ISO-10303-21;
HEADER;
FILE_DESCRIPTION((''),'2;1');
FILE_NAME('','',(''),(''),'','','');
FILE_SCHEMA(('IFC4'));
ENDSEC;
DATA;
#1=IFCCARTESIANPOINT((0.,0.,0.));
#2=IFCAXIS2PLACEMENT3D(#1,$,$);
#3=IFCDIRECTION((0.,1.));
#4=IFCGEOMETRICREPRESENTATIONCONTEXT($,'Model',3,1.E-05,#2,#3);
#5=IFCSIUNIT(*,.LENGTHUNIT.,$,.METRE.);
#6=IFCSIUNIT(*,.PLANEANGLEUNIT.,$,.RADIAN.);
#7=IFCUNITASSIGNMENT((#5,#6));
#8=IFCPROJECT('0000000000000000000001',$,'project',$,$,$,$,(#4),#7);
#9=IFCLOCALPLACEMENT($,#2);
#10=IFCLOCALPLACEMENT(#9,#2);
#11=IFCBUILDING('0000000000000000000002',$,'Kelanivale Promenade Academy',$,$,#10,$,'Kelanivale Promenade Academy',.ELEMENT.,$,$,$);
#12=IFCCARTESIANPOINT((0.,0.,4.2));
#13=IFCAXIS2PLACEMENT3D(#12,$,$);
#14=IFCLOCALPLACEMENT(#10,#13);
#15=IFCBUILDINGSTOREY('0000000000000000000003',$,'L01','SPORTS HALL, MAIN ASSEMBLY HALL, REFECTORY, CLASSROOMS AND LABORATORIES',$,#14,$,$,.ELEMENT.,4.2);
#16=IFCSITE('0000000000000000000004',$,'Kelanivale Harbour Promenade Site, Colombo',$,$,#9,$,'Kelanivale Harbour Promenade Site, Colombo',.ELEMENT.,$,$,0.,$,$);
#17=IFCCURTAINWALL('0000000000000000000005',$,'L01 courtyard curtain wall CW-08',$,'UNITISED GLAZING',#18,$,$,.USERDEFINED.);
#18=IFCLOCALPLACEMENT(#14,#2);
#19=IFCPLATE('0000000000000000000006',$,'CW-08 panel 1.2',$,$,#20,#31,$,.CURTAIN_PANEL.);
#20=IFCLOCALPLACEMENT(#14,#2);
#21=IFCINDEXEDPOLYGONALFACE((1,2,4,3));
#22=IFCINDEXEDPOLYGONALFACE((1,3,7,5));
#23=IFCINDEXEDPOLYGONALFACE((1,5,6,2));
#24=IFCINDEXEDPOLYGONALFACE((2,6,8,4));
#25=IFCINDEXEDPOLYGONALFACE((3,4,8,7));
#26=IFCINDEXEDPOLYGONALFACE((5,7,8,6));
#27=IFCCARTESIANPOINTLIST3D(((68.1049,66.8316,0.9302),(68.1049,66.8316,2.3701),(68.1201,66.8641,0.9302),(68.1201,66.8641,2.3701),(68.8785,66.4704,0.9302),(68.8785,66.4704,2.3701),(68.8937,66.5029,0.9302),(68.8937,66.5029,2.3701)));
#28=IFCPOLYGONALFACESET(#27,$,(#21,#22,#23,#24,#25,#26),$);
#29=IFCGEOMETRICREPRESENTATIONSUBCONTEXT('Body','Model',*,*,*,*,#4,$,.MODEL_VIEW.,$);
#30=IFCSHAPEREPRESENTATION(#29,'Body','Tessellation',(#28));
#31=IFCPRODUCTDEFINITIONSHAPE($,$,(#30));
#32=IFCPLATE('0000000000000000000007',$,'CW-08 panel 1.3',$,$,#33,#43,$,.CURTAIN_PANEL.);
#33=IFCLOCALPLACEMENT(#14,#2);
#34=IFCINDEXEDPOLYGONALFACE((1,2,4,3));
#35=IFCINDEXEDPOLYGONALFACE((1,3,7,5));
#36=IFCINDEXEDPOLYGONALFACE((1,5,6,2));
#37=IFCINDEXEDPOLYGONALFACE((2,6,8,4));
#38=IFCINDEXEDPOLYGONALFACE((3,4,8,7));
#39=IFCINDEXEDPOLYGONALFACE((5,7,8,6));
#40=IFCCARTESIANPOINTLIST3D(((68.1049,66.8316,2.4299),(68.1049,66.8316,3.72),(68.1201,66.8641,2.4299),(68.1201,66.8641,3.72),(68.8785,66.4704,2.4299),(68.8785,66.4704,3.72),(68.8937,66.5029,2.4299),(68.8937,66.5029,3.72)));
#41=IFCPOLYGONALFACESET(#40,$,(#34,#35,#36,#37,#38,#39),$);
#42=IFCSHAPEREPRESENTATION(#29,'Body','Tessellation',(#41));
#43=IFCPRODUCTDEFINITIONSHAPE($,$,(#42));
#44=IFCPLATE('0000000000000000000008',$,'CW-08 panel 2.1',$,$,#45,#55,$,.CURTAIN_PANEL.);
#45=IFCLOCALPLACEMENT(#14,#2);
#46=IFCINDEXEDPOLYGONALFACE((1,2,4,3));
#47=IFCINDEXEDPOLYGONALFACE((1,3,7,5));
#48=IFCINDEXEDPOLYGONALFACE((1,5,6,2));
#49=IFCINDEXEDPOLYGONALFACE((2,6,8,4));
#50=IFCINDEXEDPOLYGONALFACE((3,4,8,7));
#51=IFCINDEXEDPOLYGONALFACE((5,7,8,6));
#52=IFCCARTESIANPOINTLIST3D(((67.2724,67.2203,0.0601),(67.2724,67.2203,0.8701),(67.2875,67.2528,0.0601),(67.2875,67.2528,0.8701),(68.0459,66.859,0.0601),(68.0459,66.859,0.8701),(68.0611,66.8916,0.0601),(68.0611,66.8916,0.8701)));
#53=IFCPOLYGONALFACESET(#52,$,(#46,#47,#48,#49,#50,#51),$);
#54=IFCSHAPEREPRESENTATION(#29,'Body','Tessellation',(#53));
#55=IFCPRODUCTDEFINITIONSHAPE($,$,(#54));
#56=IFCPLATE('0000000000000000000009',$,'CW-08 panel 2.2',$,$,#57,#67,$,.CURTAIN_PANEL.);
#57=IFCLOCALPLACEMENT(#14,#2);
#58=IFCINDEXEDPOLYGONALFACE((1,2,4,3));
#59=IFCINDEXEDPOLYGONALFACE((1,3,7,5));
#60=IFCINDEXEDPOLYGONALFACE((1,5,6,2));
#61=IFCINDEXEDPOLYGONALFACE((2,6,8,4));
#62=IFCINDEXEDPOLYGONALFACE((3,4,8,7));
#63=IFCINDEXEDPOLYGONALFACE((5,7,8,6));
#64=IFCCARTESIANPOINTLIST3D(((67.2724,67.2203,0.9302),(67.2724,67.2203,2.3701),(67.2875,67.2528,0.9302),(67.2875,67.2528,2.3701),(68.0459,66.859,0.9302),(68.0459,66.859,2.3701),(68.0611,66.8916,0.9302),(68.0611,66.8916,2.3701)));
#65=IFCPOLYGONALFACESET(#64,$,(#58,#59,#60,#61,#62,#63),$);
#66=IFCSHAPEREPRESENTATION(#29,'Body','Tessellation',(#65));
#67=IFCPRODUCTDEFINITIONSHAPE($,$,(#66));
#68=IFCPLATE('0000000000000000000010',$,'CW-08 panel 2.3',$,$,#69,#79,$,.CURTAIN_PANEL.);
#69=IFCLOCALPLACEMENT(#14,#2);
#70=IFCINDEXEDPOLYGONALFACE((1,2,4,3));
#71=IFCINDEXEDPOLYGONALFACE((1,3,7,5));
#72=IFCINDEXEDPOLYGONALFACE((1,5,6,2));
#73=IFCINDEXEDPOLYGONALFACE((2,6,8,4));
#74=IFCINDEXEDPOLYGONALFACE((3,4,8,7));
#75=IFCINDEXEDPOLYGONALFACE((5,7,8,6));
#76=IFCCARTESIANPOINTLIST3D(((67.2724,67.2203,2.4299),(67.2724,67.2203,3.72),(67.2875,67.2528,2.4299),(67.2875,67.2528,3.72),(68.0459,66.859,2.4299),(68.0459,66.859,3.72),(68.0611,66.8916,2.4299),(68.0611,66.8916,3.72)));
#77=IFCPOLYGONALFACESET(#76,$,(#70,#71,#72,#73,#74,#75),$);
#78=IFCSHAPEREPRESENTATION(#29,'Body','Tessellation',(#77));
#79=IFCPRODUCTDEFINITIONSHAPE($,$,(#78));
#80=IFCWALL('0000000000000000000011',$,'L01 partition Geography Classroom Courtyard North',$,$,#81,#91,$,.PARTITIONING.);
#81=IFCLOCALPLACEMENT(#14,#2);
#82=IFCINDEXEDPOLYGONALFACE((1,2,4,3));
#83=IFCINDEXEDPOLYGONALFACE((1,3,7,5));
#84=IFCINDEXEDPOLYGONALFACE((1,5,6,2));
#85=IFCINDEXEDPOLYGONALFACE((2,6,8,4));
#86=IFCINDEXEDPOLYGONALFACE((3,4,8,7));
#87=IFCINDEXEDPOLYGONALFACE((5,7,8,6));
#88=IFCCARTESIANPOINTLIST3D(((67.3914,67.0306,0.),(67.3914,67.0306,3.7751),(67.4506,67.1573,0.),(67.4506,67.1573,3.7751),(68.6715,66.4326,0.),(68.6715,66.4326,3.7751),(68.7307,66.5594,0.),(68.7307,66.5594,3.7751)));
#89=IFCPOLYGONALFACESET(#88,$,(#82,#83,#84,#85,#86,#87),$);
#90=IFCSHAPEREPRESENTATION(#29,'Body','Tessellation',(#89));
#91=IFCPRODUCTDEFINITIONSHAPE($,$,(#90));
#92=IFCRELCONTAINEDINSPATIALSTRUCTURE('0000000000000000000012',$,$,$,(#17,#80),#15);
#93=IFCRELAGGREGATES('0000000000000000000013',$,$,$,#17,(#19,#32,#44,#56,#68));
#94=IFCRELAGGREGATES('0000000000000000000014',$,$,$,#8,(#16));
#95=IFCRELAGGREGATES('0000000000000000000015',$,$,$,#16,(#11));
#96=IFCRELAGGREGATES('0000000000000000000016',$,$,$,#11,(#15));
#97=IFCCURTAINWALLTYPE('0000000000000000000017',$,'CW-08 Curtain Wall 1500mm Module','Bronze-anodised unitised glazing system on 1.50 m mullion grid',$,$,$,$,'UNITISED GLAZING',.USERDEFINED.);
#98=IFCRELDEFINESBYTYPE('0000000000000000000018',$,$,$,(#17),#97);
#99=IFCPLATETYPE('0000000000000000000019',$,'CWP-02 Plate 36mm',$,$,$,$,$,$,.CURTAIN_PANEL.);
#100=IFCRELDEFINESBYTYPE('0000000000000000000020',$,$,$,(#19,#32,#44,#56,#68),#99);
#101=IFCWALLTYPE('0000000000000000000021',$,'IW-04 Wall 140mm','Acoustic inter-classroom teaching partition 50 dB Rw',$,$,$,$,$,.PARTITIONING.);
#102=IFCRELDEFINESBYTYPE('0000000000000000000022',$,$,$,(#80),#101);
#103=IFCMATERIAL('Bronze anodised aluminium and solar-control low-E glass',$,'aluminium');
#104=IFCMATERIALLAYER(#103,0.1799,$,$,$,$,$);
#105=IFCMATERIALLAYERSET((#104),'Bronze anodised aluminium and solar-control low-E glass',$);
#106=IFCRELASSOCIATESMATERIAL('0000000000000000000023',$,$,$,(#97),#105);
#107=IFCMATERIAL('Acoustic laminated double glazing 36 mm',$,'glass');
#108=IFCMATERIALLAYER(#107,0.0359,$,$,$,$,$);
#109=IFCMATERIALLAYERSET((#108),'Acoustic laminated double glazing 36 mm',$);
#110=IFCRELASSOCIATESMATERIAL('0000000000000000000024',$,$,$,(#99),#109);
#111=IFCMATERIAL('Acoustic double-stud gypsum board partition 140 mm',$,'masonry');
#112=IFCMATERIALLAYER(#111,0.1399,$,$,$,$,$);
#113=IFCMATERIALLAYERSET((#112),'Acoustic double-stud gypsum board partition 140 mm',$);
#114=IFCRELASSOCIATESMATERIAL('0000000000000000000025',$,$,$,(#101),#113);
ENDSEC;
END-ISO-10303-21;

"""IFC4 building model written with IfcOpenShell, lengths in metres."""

from ifc_helpers import new_model, si_unit, direction, frame, frame_2d, origin, origin_2d, place, context, subcontext, project, spatial, rectangle, extrude, material, layer, layer_set, type_object, element, aggregate, save


model = new_model("IFC4")

# Units and contexts
model_context = context("Model", 3, precision=1e-05, world=origin(), true_north=direction((0.0, 1.0)))
body_context = subcontext(model_context, "Body", "Model", "MODEL_VIEW")
ifc_project = project(units=[si_unit("LENGTHUNIT", "METRE"), si_unit("PLANEANGLEUNIT", "RADIAN")], contexts=[model_context])

# Site, building, storey
site_placement = place(None, origin())
site = spatial("IfcSite", under=ifc_project, at=site_placement, Name="Kelanivale Harbour Promenade Site, Colombo", LongName="Kelanivale Harbour Promenade Site, Colombo", CompositionType="ELEMENT", RefElevation=0.0)
building_placement = place(site_placement, origin())
building = spatial("IfcBuilding", under=site, at=building_placement, Name="Kelanivale Promenade Academy", LongName="Kelanivale Promenade Academy", CompositionType="ELEMENT")
storey_placement = place(building_placement, frame((0.0, 0.0, 4.2)))
storey = spatial("IfcBuildingStorey", under=building, at=storey_placement, Name="L01", Description="SPORTS HALL, MAIN ASSEMBLY HALL, REFECTORY, CLASSROOMS AND LABORATORIES", CompositionType="ELEMENT", Elevation=4.2)

# Curtain wall, plates
ifc_material_1 = material(Name="Bronze anodised aluminium and solar-control low-E glass", Category="aluminium")
ifc_layer_1 = layer(ifc_material_1, 0.1799)
ifc_layer_set_1 = layer_set([ifc_layer_1], Name="Bronze anodised aluminium and solar-control low-E glass")
curtain_wall_type = type_object("IfcCurtainWallType", Name="CW-08 Curtain Wall 1500mm Module", Description="Bronze-anodised unitised glazing system on 1.50 m mullion grid", ElementType="UNITISED GLAZING", PredefinedType="USERDEFINED", material=ifc_layer_set_1)
curtain_wall_placement = place(storey_placement, origin())
curtain_wall = element("IfcCurtainWall", 1, at=curtain_wall_placement, inside=storey, type_object=curtain_wall_type, Name="L01 courtyard curtain wall CW-08", ObjectType="UNITISED GLAZING", PredefinedType="USERDEFINED")
ifc_material_2 = material(Name="Acoustic laminated double glazing 36 mm", Category="glass")
ifc_layer_2 = layer(ifc_material_2, 0.0359)
ifc_layer_set_2 = layer_set([ifc_layer_2], Name="Acoustic laminated double glazing 36 mm")
plate_type = type_object("IfcPlateType", Name="CWP-02 Plate 36mm", PredefinedType="CURTAIN_PANEL", material=ifc_layer_set_2)
plate_1_placement = place(storey_placement, frame((68.4993, 66.6672, 0.9302), z_axis=(0.0, 0.0, 1.0), x_axis=(-0.906089, 0.423087, 0.0)))
plate_1 = element("IfcPlate", 2, at=plate_1_placement, type_object=plate_type, Name="CW-08 panel 1.2", PredefinedType="CURTAIN_PANEL", context=body_context, shape_type="SweptSolid", body=[
    extrude(rectangle(XDim=0.8538, YDim=0.0359, at=origin_2d()), origin(), (0.0, 0.0, 1.0), 1.4399),
])
plate_2_placement = place(storey_placement, frame((68.4993, 66.6672, 2.4299), z_axis=(0.0, 0.0, 1.0), x_axis=(-0.906089, 0.423087, 0.0)))
plate_2 = element("IfcPlate", 3, at=plate_2_placement, type_object=plate_type, Name="CW-08 panel 1.3", PredefinedType="CURTAIN_PANEL", context=body_context, shape_type="SweptSolid", body=[
    extrude(rectangle(XDim=0.8538, YDim=0.0359, at=origin_2d()), origin(), (0.0, 0.0, 1.0), 1.29),
])
plate_3_placement = place(storey_placement, frame((67.6667, 67.0559, 0.0601), z_axis=(0.0, 0.0, 1.0), x_axis=(-0.906089, 0.423087, 0.0)))
plate_3 = element("IfcPlate", 4, at=plate_3_placement, type_object=plate_type, Name="CW-08 panel 2.1", PredefinedType="CURTAIN_PANEL", context=body_context, shape_type="SweptSolid", body=[
    extrude(rectangle(XDim=0.8538, YDim=0.0359, at=origin_2d()), origin(), (0.0, 0.0, 1.0), 0.8101),
])
plate_4_placement = place(storey_placement, frame((67.6667, 67.0559, 0.9302), z_axis=(0.0, 0.0, 1.0), x_axis=(-0.906089, 0.423087, 0.0)))
plate_4 = element("IfcPlate", 5, at=plate_4_placement, type_object=plate_type, Name="CW-08 panel 2.2", PredefinedType="CURTAIN_PANEL", context=body_context, shape_type="SweptSolid", body=[
    extrude(rectangle(XDim=0.8538, YDim=0.0359, at=origin_2d()), origin(), (0.0, 0.0, 1.0), 1.4399),
])
plate_5_placement = place(storey_placement, frame((67.6667, 67.0559, 2.4299), z_axis=(0.0, 0.0, 1.0), x_axis=(-0.906089, 0.423087, 0.0)))
plate_5 = element("IfcPlate", 6, at=plate_5_placement, type_object=plate_type, Name="CW-08 panel 2.3", PredefinedType="CURTAIN_PANEL", context=body_context, shape_type="SweptSolid", body=[
    extrude(rectangle(XDim=0.8538, YDim=0.0359, at=origin_2d()), origin(), (0.0, 0.0, 1.0), 1.29),
])
aggregate(curtain_wall, [plate_1, plate_2, plate_3, plate_4, plate_5])

# Wall
ifc_material_3 = material(Name="Acoustic double-stud gypsum board partition 140 mm", Category="masonry")
ifc_layer_3 = layer(ifc_material_3, 0.1399)
ifc_layer_set_3 = layer_set([ifc_layer_3], Name="Acoustic double-stud gypsum board partition 140 mm")
wall_type = type_object("IfcWallType", Name="IW-04 Wall 140mm", Description="Acoustic inter-classroom teaching partition 50 dB Rw", PredefinedType="PARTITIONING", material=ifc_layer_set_3)
wall_placement = place(storey_placement, frame((67.4209, 67.094, 0.0), z_axis=(0.0, 0.0, 1.0), x_axis=(0.906033, -0.423207, 0.0)))
element("IfcWall", 7, at=wall_placement, inside=storey, type_object=wall_type, Name="L01 partition Geography Classroom Courtyard North", PredefinedType="PARTITIONING", context=body_context, shape_type="SweptSolid", body=[
    extrude(rectangle(XDim=1.4128, YDim=0.1399, at=frame_2d((0.7065, 0.0))), origin(), (0.0, 0.0, 1.0), 3.7751),
])

save(model, "model.ifc")
